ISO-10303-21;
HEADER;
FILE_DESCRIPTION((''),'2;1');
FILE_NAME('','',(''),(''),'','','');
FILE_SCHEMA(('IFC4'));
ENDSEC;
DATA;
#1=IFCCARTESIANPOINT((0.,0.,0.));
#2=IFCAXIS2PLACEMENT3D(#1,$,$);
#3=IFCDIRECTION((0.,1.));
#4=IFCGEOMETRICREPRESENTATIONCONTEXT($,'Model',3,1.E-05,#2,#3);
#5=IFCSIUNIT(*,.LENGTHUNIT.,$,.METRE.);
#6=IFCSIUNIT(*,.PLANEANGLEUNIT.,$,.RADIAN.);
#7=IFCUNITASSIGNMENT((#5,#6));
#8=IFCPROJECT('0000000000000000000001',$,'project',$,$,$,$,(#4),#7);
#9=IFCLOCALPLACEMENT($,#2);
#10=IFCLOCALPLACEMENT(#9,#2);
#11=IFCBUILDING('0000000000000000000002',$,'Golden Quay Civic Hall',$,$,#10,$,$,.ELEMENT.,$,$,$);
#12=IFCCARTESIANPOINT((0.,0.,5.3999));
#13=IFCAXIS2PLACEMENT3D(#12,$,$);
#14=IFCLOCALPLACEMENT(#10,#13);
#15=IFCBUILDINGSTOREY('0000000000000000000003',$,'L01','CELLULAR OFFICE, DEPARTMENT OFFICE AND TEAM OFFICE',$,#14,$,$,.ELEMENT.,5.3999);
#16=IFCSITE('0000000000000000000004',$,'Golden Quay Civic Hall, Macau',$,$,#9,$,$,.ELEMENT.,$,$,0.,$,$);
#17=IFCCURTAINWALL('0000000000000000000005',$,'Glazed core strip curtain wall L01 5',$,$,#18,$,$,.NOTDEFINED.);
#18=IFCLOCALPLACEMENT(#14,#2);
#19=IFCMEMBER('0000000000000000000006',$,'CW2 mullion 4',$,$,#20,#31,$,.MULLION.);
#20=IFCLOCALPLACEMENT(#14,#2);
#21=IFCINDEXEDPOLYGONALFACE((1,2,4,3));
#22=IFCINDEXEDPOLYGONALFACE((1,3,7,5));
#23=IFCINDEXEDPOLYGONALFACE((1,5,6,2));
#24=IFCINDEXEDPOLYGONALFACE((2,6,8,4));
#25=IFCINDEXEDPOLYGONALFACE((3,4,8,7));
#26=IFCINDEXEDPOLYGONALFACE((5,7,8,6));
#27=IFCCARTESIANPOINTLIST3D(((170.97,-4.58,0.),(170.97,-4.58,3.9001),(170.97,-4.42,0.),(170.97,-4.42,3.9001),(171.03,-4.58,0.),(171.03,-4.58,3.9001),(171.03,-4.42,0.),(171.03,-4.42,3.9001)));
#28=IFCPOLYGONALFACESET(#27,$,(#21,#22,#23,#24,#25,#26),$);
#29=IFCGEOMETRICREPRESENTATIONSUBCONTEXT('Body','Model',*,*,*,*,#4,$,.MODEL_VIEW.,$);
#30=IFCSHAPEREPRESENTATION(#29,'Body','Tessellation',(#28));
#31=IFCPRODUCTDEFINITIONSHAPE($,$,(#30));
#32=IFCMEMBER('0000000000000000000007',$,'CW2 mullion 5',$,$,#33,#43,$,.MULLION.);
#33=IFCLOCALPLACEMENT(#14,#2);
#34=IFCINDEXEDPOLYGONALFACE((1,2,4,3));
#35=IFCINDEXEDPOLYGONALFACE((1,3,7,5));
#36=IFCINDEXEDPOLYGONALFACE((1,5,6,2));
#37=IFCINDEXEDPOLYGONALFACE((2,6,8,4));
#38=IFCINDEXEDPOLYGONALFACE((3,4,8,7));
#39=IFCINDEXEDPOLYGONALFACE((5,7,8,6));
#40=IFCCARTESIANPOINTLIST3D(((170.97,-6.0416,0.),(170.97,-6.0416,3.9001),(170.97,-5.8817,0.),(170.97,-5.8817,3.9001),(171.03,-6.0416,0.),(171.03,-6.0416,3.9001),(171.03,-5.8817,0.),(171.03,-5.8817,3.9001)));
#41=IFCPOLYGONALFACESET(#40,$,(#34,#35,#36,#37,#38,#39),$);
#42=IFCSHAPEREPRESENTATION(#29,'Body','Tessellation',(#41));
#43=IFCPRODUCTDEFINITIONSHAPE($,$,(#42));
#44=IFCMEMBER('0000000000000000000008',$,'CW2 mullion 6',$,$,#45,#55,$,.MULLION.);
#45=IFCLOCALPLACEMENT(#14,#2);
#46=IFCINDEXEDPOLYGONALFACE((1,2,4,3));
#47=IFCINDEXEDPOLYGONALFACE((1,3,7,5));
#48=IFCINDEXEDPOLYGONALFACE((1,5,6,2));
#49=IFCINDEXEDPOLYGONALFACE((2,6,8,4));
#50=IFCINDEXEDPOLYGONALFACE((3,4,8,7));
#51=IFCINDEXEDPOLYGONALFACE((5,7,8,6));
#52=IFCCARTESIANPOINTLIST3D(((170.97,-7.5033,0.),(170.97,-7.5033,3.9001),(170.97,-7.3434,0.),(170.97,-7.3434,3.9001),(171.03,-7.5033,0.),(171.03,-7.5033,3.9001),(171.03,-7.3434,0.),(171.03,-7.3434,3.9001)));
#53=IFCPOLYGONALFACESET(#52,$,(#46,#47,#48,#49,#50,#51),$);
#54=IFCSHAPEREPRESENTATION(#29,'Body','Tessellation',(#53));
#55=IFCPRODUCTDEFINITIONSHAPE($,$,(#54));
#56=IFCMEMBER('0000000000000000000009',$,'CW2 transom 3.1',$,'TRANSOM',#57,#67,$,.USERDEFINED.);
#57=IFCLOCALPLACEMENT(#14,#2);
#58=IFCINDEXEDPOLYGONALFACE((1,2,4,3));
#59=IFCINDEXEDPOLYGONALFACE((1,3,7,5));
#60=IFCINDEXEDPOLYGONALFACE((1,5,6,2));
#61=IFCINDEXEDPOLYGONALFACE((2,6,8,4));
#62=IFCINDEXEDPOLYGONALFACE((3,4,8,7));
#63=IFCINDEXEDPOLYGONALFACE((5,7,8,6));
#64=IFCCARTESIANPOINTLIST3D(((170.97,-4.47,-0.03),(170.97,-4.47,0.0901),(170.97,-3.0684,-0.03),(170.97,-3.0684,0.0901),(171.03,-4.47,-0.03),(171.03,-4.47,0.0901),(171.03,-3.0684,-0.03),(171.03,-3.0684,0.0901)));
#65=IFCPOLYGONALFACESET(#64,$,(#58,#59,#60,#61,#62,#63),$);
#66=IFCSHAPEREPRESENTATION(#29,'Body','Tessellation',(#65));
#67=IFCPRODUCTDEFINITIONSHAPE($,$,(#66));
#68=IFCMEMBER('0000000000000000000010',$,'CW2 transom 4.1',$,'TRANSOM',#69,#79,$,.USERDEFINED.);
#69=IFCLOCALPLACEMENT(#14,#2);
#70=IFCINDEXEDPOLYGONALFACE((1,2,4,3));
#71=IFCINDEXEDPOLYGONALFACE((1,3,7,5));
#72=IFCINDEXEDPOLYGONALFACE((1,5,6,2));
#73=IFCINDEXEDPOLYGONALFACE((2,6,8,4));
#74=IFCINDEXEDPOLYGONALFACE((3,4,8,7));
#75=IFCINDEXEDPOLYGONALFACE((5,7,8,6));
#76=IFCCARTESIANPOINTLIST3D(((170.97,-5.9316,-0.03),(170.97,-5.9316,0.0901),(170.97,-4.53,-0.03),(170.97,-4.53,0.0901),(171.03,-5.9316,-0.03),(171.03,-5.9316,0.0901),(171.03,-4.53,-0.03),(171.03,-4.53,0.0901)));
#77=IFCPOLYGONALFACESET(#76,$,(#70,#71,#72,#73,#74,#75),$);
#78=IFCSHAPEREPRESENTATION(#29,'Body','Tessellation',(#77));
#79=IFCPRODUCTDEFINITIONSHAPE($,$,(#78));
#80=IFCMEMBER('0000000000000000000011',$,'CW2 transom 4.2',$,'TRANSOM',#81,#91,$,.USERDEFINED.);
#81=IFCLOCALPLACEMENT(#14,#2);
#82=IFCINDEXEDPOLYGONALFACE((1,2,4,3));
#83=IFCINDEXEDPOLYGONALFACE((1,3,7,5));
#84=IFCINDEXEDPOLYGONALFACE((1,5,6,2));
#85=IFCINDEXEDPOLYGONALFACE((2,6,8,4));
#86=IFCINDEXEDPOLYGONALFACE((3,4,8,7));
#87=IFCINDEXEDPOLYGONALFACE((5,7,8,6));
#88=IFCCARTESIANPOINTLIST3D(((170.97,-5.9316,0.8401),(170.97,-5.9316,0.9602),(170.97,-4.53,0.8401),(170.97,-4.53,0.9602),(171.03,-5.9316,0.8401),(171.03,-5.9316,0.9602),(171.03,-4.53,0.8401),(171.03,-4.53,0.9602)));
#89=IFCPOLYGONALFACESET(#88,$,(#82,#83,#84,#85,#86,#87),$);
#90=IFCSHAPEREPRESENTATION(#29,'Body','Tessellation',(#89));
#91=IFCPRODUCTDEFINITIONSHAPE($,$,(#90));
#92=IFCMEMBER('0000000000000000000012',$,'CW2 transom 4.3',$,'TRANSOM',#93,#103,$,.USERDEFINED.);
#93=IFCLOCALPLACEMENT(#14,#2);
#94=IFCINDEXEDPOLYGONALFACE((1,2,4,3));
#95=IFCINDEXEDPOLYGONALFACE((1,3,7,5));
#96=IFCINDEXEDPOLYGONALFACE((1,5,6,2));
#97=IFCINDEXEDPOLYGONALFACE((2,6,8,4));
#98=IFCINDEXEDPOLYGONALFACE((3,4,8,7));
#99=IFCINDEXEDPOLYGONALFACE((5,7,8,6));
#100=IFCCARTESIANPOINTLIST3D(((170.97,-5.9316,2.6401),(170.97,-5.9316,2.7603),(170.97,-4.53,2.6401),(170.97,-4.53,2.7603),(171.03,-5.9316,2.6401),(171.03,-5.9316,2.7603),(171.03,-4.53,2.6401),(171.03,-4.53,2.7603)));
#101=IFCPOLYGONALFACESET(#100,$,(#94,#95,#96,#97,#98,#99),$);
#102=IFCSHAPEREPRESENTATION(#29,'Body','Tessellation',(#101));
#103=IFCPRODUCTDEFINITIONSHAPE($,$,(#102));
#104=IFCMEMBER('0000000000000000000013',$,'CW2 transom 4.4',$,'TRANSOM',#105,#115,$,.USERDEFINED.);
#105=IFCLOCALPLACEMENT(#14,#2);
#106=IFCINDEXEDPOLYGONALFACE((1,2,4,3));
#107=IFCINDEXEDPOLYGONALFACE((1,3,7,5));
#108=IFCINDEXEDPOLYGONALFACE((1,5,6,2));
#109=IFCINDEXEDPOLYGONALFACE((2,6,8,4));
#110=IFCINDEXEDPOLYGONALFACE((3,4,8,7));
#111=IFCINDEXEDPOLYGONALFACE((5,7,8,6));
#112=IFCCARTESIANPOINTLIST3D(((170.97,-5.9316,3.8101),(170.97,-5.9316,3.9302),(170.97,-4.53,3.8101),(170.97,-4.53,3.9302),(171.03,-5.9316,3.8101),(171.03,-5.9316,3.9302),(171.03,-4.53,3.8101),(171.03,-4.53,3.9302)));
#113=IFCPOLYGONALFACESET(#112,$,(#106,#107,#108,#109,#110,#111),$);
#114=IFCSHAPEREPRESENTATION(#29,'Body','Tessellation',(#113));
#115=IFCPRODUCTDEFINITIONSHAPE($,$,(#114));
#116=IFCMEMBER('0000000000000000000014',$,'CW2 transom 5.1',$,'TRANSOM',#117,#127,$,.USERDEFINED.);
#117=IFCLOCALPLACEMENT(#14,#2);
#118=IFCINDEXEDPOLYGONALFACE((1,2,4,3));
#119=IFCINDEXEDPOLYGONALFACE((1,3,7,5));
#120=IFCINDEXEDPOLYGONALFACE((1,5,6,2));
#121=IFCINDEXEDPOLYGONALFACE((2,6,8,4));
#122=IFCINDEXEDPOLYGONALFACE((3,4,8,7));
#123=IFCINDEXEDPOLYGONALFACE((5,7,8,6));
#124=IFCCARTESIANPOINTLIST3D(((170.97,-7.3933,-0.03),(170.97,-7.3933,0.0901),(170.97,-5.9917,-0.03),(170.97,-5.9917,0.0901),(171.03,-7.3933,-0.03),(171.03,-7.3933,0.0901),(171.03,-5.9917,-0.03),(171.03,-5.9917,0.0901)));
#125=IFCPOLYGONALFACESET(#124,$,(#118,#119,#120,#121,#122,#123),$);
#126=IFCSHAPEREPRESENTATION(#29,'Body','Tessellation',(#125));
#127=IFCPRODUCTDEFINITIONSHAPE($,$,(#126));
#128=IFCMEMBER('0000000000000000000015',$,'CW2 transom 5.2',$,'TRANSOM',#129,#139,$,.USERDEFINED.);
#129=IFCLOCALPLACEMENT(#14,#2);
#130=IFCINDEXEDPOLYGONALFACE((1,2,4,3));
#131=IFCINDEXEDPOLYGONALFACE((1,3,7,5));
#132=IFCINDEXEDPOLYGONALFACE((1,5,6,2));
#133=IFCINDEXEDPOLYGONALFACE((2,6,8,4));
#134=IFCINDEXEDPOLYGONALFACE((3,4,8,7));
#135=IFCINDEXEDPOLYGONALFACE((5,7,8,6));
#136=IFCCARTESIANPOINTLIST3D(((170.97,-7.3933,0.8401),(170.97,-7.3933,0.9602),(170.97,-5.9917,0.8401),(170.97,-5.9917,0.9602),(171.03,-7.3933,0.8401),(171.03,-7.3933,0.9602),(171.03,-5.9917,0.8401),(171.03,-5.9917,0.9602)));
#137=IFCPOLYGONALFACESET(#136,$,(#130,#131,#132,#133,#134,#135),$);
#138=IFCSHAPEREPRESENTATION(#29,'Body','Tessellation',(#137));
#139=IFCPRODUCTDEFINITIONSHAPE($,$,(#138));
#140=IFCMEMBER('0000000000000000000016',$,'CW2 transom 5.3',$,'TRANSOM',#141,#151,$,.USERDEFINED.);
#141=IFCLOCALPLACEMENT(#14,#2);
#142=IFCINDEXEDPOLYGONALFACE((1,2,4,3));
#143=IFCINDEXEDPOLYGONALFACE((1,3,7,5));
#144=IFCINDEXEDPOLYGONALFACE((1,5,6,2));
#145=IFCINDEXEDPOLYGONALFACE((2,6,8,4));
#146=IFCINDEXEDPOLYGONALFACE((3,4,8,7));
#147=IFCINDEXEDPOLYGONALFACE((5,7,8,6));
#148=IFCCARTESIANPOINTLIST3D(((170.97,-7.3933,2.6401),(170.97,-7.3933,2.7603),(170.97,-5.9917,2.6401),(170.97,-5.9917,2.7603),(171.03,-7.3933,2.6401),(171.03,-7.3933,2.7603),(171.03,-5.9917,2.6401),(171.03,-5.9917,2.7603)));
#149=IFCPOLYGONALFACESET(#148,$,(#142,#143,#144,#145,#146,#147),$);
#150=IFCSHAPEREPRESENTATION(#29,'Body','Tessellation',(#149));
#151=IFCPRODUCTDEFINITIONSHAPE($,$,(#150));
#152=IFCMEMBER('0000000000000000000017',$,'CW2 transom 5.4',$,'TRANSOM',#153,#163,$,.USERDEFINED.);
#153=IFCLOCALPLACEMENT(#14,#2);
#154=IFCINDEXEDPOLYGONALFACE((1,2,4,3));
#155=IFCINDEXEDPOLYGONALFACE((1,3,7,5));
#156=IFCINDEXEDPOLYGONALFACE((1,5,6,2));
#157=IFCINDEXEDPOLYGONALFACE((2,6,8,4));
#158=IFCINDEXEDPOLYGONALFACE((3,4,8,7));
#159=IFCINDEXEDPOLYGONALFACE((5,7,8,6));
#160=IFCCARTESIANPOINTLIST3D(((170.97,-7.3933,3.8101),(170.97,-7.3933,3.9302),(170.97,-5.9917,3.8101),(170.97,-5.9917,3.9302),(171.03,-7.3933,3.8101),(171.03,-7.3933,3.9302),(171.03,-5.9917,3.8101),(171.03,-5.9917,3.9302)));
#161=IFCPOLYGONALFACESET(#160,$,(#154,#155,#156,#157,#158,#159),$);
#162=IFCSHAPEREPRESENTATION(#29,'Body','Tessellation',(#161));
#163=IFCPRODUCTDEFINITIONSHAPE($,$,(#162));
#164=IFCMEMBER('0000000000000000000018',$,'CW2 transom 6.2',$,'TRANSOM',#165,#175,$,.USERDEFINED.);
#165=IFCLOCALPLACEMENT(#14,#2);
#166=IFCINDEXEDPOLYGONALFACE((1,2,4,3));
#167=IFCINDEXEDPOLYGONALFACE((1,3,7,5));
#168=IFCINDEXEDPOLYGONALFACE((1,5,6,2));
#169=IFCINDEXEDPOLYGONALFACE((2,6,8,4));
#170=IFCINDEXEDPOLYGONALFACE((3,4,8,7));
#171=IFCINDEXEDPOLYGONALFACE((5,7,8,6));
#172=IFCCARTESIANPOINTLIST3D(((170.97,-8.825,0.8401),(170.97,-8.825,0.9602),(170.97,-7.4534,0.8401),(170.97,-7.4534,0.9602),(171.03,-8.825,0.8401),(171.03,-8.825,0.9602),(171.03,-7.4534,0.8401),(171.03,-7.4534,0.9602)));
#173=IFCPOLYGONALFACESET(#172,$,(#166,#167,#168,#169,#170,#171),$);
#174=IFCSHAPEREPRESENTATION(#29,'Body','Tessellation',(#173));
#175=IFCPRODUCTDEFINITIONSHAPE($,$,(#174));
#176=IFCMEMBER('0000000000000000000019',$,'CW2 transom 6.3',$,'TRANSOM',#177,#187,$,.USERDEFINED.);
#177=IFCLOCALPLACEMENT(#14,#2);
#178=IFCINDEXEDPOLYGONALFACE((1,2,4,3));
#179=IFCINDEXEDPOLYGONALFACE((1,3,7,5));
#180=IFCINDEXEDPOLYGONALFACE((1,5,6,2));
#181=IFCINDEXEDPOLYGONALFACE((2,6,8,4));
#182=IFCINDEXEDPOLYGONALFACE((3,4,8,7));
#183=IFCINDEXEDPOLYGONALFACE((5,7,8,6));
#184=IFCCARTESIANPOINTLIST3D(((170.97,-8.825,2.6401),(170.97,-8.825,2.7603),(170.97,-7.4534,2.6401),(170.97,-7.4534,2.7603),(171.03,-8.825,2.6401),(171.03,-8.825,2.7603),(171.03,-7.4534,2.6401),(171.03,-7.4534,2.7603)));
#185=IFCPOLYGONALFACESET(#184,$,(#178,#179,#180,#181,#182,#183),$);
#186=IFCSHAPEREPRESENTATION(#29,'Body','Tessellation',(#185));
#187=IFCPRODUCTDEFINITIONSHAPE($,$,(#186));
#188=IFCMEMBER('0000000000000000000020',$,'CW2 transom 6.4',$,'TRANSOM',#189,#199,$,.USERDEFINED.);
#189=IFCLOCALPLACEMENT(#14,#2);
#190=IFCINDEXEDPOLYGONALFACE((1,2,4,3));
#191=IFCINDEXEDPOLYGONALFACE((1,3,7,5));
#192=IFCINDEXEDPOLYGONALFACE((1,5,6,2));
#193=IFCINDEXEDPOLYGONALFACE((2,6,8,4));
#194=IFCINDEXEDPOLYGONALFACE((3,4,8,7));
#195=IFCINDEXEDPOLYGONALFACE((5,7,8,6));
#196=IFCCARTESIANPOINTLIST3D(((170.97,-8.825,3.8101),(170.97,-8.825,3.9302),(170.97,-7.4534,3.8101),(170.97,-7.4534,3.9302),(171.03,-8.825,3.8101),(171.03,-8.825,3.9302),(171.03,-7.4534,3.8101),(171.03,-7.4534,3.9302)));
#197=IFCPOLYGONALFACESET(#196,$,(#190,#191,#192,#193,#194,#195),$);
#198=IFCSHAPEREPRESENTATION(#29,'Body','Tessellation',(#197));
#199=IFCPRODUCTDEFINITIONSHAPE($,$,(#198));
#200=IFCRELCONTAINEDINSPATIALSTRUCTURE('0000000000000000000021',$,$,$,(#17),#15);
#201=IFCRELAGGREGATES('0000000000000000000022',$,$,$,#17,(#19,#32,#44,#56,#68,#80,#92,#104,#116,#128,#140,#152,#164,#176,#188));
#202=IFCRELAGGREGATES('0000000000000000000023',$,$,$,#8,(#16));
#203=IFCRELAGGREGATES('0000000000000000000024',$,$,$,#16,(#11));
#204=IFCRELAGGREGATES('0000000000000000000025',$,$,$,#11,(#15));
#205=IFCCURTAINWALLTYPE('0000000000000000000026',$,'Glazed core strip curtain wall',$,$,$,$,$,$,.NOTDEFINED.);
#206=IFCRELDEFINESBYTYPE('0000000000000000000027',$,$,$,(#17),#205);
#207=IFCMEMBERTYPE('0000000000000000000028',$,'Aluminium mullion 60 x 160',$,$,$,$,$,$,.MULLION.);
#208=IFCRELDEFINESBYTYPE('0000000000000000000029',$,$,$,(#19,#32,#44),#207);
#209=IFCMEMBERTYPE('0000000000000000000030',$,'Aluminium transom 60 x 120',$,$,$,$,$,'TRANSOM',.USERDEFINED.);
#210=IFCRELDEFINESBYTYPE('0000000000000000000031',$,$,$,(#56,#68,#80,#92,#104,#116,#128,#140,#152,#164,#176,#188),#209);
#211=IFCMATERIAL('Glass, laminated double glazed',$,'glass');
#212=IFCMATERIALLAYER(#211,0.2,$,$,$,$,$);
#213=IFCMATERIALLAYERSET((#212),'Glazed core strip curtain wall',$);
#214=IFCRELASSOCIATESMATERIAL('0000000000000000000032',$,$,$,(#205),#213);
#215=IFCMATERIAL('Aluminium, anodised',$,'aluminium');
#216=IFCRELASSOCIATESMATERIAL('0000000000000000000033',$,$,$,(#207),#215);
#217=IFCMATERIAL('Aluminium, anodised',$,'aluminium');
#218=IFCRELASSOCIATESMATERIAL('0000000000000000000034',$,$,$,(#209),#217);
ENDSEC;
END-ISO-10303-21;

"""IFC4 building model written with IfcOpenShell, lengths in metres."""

from ifc_helpers import new_model, si_unit, direction, frame, origin, origin_2d, place, context, subcontext, project, spatial, rectangle, extrude, material, layer, layer_set, material_profile, profile_set, type_object, element, aggregate, save


model = new_model("IFC4")

# Units and contexts
model_context = context("Model", 3, precision=1e-05, world=origin(), true_north=direction((0.0, 1.0)))
body_context = subcontext(model_context, "Body", "Model", "MODEL_VIEW")
ifc_project = project(units=[si_unit("LENGTHUNIT", "METRE"), si_unit("PLANEANGLEUNIT", "RADIAN")], contexts=[model_context])

# Site, building, storey
site_placement = place(None, origin())
site = spatial("IfcSite", under=ifc_project, at=site_placement, Name="Golden Quay Civic Hall, Macau", CompositionType="ELEMENT", RefElevation=0.0)
building_placement = place(site_placement, origin())
building = spatial("IfcBuilding", under=site, at=building_placement, Name="Golden Quay Civic Hall", CompositionType="ELEMENT")
storey_placement = place(building_placement, frame((0.0, 0.0, 5.3999)))
storey = spatial("IfcBuildingStorey", under=building, at=storey_placement, Name="L01", Description="CELLULAR OFFICE, DEPARTMENT OFFICE AND TEAM OFFICE", CompositionType="ELEMENT", Elevation=5.3999)

# Curtain wall, members
ifc_material_1 = material(Name="Glass, laminated double glazed", Category="glass")
ifc_layer_1 = layer(ifc_material_1, 0.2)
ifc_layer_set_1 = layer_set([ifc_layer_1], Name="Glazed core strip curtain wall")
curtain_wall_type = type_object("IfcCurtainWallType", Name="Glazed core strip curtain wall", PredefinedType="NOTDEFINED", material=ifc_layer_set_1)
curtain_wall_placement = place(storey_placement, origin())
curtain_wall = element("IfcCurtainWall", 1, at=curtain_wall_placement, inside=storey, type_object=curtain_wall_type, Name="Glazed core strip curtain wall L01 5", PredefinedType="NOTDEFINED")
ifc_material_2 = material(Name="Aluminium, anodised", Category="aluminium")
ifc_material_profile_1 = material_profile(ifc_material_2, rectangle(XDim=0.0601, YDim=0.1599, at=origin_2d()), Name="Aluminium 60 x 160")
ifc_profile_set_1 = profile_set([ifc_material_profile_1], Name="Aluminium, anodised")
member_type_1 = type_object("IfcMemberType", Name="Aluminium mullion 60 x 160", PredefinedType="MULLION", material=ifc_profile_set_1)
member_1_placement = place(storey_placement, frame((171.0, -4.5, 0.0), z_axis=(0.0, 0.0, 1.0), x_axis=(1.0, 0.0, 0.0)))
member_1 = element("IfcMember", 2, at=member_1_placement, type_object=member_type_1, Name="CW2 mullion 4", PredefinedType="MULLION", context=body_context, shape_type="SweptSolid", body=[
    extrude(rectangle(XDim=0.0601, YDim=0.1599, at=origin_2d()), origin(), (0.0, 0.0, 1.0), 3.9001),
])
member_2_placement = place(storey_placement, frame((171.0, -5.9617, 0.0), z_axis=(0.0, 0.0, 1.0), x_axis=(1.0, 0.0, 0.0)))
member_2 = element("IfcMember", 3, at=member_2_placement, type_object=member_type_1, Name="CW2 mullion 5", PredefinedType="MULLION", context=body_context, shape_type="SweptSolid", body=[
    extrude(rectangle(XDim=0.0601, YDim=0.1599, at=origin_2d()), origin(), (0.0, 0.0, 1.0), 3.9001),
])
member_3_placement = place(storey_placement, frame((171.0, -7.4233, 0.0), z_axis=(0.0, 0.0, 1.0), x_axis=(1.0, 0.0, 0.0)))
member_3 = element("IfcMember", 4, at=member_3_placement, type_object=member_type_1, Name="CW2 mullion 6", PredefinedType="MULLION", context=body_context, shape_type="SweptSolid", body=[
    extrude(rectangle(XDim=0.0601, YDim=0.1599, at=origin_2d()), origin(), (0.0, 0.0, 1.0), 3.9001),
])
ifc_material_3 = material(Name="Aluminium, anodised", Category="aluminium")
ifc_material_profile_2 = material_profile(ifc_material_3, rectangle(XDim=0.0601, YDim=0.1201, at=origin_2d()), Name="Aluminium 60 x 120")
ifc_profile_set_2 = profile_set([ifc_material_profile_2], Name="Aluminium, anodised")
member_type_2 = type_object("IfcMemberType", Name="Aluminium transom 60 x 120", ElementType="TRANSOM", PredefinedType="USERDEFINED", material=ifc_profile_set_2)
member_4_placement = place(storey_placement, frame((171.0, -3.0684, 0.03), z_axis=(0.0, -1.0, 0.0), x_axis=(1.0, 0.0, 0.0)))
member_4 = element("IfcMember", 5, at=member_4_placement, type_object=member_type_2, Name="CW2 transom 3.1", ObjectType="TRANSOM", PredefinedType="USERDEFINED", context=body_context, shape_type="SweptSolid", body=[
    extrude(rectangle(XDim=0.0601, YDim=0.1201, at=origin_2d()), origin(), (0.0, 0.0, 1.0), 1.4016),
])
member_5_placement = place(storey_placement, frame((171.0, -4.53, 0.03), z_axis=(0.0, -1.0, 0.0), x_axis=(1.0, 0.0, 0.0)))
member_5 = element("IfcMember", 6, at=member_5_placement, type_object=member_type_2, Name="CW2 transom 4.1", ObjectType="TRANSOM", PredefinedType="USERDEFINED", context=body_context, shape_type="SweptSolid", body=[
    extrude(rectangle(XDim=0.0601, YDim=0.1201, at=origin_2d()), origin(), (0.0, 0.0, 1.0), 1.4016),
])
member_6_placement = place(storey_placement, frame((171.0, -4.53, 0.9001), z_axis=(0.0, -1.0, 0.0), x_axis=(1.0, 0.0, 0.0)))
member_6 = element("IfcMember", 7, at=member_6_placement, type_object=member_type_2, Name="CW2 transom 4.2", ObjectType="TRANSOM", PredefinedType="USERDEFINED", context=body_context, shape_type="SweptSolid", body=[
    extrude(rectangle(XDim=0.0601, YDim=0.1201, at=origin_2d()), origin(), (0.0, 0.0, 1.0), 1.4016),
])
member_7_placement = place(storey_placement, frame((171.0, -4.53, 2.7002), z_axis=(0.0, -1.0, 0.0), x_axis=(1.0, 0.0, 0.0)))
member_7 = element("IfcMember", 8, at=member_7_placement, type_object=member_type_2, Name="CW2 transom 4.3", ObjectType="TRANSOM", PredefinedType="USERDEFINED", context=body_context, shape_type="SweptSolid", body=[
    extrude(rectangle(XDim=0.0601, YDim=0.1201, at=origin_2d()), origin(), (0.0, 0.0, 1.0), 1.4016),
])
member_8_placement = place(storey_placement, frame((171.0, -4.53, 3.8701), z_axis=(0.0, -1.0, 0.0), x_axis=(1.0, 0.0, 0.0)))
member_8 = element("IfcMember", 9, at=member_8_placement, type_object=member_type_2, Name="CW2 transom 4.4", ObjectType="TRANSOM", PredefinedType="USERDEFINED", context=body_context, shape_type="SweptSolid", body=[
    extrude(rectangle(XDim=0.0601, YDim=0.1201, at=origin_2d()), origin(), (0.0, 0.0, 1.0), 1.4016),
])
member_9_placement = place(storey_placement, frame((171.0, -5.9917, 0.03), z_axis=(0.0, -1.0, 0.0), x_axis=(1.0, 0.0, 0.0)))
member_9 = element("IfcMember", 10, at=member_9_placement, type_object=member_type_2, Name="CW2 transom 5.1", ObjectType="TRANSOM", PredefinedType="USERDEFINED", context=body_context, shape_type="SweptSolid", body=[
    extrude(rectangle(XDim=0.0601, YDim=0.1201, at=origin_2d()), origin(), (0.0, 0.0, 1.0), 1.4016),
])
member_10_placement = place(storey_placement, frame((171.0, -5.9917, 0.9001), z_axis=(0.0, -1.0, 0.0), x_axis=(1.0, 0.0, 0.0)))
member_10 = element("IfcMember", 11, at=member_10_placement, type_object=member_type_2, Name="CW2 transom 5.2", ObjectType="TRANSOM", PredefinedType="USERDEFINED", context=body_context, shape_type="SweptSolid", body=[
    extrude(rectangle(XDim=0.0601, YDim=0.1201, at=origin_2d()), origin(), (0.0, 0.0, 1.0), 1.4016),
])
member_11_placement = place(storey_placement, frame((171.0, -5.9917, 2.7002), z_axis=(0.0, -1.0, 0.0), x_axis=(1.0, 0.0, 0.0)))
member_11 = element("IfcMember", 12, at=member_11_placement, type_object=member_type_2, Name="CW2 transom 5.3", ObjectType="TRANSOM", PredefinedType="USERDEFINED", context=body_context, shape_type="SweptSolid", body=[
    extrude(rectangle(XDim=0.0601, YDim=0.1201, at=origin_2d()), origin(), (0.0, 0.0, 1.0), 1.4016),
])
member_12_placement = place(storey_placement, frame((171.0, -5.9917, 3.8701), z_axis=(0.0, -1.0, 0.0), x_axis=(1.0, 0.0, 0.0)))
member_12 = element("IfcMember", 13, at=member_12_placement, type_object=member_type_2, Name="CW2 transom 5.4", ObjectType="TRANSOM", PredefinedType="USERDEFINED", context=body_context, shape_type="SweptSolid", body=[
    extrude(rectangle(XDim=0.0601, YDim=0.1201, at=origin_2d()), origin(), (0.0, 0.0, 1.0), 1.4016),
])
member_13_placement = place(storey_placement, frame((171.0, -7.4534, 0.9001), z_axis=(0.0, -1.0, 0.0), x_axis=(1.0, 0.0, 0.0)))
member_13 = element("IfcMember", 14, at=member_13_placement, type_object=member_type_2, Name="CW2 transom 6.2", ObjectType="TRANSOM", PredefinedType="USERDEFINED", context=body_context, shape_type="SweptSolid", body=[
    extrude(rectangle(XDim=0.0601, YDim=0.1201, at=origin_2d()), origin(), (0.0, 0.0, 1.0), 1.3716),
])
member_14_placement = place(storey_placement, frame((171.0, -7.4534, 2.7002), z_axis=(0.0, -1.0, 0.0), x_axis=(1.0, 0.0, 0.0)))
member_14 = element("IfcMember", 15, at=member_14_placement, type_object=member_type_2, Name="CW2 transom 6.3", ObjectType="TRANSOM", PredefinedType="USERDEFINED", context=body_context, shape_type="SweptSolid", body=[
    extrude(rectangle(XDim=0.0601, YDim=0.1201, at=origin_2d()), origin(), (0.0, 0.0, 1.0), 1.3716),
])
member_15_placement = place(storey_placement, frame((171.0, -7.4534, 3.8701), z_axis=(0.0, -1.0, 0.0), x_axis=(1.0, 0.0, 0.0)))
member_15 = element("IfcMember", 16, at=member_15_placement, type_object=member_type_2, Name="CW2 transom 6.4", ObjectType="TRANSOM", PredefinedType="USERDEFINED", context=body_context, shape_type="SweptSolid", body=[
    extrude(rectangle(XDim=0.0601, YDim=0.1201, at=origin_2d()), origin(), (0.0, 0.0, 1.0), 1.3716),
])
aggregate(curtain_wall, [member_1, member_2, member_3, member_4, member_5, member_6, member_7, member_8, member_9, member_10, member_11, member_12, member_13, member_14, member_15])

save(model, "model.ifc")
